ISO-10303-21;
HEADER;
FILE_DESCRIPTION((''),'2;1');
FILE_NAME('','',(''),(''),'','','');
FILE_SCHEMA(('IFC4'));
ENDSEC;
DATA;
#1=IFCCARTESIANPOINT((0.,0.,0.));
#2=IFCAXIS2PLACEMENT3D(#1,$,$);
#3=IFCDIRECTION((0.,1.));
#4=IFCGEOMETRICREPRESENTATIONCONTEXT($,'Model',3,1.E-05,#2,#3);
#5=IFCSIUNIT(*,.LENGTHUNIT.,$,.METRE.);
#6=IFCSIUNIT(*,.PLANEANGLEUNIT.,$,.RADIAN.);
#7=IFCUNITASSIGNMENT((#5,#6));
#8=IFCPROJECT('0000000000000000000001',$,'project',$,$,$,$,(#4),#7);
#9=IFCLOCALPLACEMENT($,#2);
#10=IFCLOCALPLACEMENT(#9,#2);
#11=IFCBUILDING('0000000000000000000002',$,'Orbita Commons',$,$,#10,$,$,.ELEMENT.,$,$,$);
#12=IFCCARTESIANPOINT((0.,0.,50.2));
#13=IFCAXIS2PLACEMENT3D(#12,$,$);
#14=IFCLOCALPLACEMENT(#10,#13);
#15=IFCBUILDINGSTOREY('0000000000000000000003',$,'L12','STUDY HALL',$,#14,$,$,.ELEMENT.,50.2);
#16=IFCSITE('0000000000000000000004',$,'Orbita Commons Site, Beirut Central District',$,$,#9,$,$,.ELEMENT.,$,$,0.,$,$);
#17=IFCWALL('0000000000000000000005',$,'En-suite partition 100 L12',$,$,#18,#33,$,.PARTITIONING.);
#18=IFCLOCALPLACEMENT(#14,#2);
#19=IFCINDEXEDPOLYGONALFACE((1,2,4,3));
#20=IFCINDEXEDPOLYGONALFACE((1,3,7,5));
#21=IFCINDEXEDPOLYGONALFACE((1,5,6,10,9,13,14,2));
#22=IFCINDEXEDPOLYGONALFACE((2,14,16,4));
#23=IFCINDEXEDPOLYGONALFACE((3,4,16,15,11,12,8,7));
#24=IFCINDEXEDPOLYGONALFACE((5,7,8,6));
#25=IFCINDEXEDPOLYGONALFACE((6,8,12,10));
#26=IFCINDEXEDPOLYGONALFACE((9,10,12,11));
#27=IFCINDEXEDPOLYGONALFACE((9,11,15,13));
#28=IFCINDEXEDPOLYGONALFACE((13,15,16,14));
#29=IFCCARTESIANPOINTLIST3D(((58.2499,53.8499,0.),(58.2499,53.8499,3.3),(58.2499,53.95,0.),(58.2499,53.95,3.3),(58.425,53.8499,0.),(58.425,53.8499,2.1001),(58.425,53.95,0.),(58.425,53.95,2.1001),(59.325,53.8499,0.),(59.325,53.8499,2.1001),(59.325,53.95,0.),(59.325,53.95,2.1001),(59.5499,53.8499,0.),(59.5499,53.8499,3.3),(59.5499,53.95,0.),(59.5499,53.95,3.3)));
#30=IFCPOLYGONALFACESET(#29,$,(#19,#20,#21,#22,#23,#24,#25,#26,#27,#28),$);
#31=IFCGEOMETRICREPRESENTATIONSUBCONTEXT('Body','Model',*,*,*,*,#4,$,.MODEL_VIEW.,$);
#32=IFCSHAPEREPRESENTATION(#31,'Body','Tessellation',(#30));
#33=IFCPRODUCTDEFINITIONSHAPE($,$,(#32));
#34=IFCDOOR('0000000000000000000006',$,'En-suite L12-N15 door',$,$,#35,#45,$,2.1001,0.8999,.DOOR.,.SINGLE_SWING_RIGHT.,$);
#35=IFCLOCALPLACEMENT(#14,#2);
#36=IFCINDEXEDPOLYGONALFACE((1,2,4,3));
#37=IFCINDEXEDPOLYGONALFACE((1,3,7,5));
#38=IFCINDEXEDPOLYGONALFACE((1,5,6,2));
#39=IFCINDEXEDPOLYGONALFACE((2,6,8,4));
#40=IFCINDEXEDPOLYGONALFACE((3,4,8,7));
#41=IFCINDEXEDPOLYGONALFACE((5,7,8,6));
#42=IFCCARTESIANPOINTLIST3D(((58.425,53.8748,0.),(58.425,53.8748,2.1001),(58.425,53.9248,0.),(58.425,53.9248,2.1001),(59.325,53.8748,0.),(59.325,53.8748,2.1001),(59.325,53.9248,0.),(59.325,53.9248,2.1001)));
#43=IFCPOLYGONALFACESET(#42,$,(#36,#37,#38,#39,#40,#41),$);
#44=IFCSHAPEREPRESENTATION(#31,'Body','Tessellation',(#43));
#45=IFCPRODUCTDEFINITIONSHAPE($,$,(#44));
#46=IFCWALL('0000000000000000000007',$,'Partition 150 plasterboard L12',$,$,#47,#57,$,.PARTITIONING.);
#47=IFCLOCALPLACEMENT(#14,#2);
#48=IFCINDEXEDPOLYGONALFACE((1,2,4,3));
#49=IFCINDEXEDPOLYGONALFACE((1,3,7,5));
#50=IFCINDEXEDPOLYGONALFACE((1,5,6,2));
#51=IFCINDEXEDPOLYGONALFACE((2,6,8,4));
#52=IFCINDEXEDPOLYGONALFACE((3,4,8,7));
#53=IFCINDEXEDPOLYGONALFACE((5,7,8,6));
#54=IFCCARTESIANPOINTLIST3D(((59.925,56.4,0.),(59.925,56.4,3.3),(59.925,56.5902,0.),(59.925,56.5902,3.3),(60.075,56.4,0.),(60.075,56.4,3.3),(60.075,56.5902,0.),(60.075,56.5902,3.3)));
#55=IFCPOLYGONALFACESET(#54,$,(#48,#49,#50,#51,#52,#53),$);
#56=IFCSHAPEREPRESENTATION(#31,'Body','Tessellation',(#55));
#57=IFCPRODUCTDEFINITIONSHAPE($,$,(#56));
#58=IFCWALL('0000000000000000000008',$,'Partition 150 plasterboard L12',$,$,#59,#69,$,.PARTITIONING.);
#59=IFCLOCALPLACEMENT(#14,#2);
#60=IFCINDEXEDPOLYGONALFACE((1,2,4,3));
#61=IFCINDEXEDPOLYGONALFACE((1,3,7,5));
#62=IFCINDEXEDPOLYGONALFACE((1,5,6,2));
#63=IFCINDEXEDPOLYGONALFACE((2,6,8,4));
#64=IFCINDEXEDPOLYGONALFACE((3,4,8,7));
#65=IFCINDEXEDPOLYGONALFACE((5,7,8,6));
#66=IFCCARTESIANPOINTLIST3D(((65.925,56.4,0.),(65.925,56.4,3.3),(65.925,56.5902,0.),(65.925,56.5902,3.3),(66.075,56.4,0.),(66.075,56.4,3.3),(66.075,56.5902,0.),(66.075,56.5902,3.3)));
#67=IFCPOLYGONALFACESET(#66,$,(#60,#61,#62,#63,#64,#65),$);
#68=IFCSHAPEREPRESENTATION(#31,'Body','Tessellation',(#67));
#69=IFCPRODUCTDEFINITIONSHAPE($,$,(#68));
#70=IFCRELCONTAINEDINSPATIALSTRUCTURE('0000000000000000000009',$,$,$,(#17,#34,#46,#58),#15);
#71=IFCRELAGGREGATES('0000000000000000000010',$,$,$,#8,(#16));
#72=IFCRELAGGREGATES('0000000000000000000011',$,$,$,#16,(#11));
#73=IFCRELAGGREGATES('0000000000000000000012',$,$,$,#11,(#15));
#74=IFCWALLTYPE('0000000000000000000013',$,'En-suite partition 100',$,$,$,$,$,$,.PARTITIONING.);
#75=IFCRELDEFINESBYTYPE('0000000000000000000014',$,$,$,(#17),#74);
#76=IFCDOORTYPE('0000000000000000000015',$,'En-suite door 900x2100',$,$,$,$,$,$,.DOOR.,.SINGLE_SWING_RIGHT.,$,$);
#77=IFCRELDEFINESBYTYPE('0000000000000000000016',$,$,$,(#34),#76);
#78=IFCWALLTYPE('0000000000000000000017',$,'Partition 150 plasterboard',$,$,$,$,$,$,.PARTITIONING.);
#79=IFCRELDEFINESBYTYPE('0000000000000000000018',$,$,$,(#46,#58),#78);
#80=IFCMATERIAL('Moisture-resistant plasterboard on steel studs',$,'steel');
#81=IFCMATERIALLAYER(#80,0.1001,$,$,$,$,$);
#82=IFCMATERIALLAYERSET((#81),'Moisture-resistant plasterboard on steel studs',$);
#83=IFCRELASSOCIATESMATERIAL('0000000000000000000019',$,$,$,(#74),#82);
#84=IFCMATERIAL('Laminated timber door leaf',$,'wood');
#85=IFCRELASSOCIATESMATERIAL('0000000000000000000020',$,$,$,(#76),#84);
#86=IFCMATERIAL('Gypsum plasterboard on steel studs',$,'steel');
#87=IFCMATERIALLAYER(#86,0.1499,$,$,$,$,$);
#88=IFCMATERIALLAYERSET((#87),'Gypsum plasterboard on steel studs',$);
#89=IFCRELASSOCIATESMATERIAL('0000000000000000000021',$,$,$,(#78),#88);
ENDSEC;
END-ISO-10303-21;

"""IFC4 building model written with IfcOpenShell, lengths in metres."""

from ifc_helpers import new_model, si_unit, direction, frame, frame_2d, origin, place, context, subcontext, project, spatial, rectangle, extrude, material, layer, layer_set, type_object, element, fill, save


model = new_model("IFC4")

# Units and contexts
model_context = context("Model", 3, precision=1e-05, world=origin(), true_north=direction((0.0, 1.0)))
body_context = subcontext(model_context, "Body", "Model", "MODEL_VIEW")
ifc_project = project(units=[si_unit("LENGTHUNIT", "METRE"), si_unit("PLANEANGLEUNIT", "RADIAN")], contexts=[model_context])

# Site, building, storey
site_placement = place(None, origin())
site = spatial("IfcSite", under=ifc_project, at=site_placement, Name="Orbita Commons Site, Beirut Central District", CompositionType="ELEMENT", RefElevation=0.0)
building_placement = place(site_placement, origin())
building = spatial("IfcBuilding", under=site, at=building_placement, Name="Orbita Commons", CompositionType="ELEMENT")
storey_placement = place(building_placement, frame((0.0, 0.0, 50.2)))
storey = spatial("IfcBuildingStorey", under=building, at=storey_placement, Name="L12", Description="STUDY HALL", CompositionType="ELEMENT", Elevation=50.2)

# Wall, opening, door
ifc_material_1 = material(Name="Moisture-resistant plasterboard on steel studs", Category="steel")
ifc_layer_1 = layer(ifc_material_1, 0.1001)
ifc_layer_set_1 = layer_set([ifc_layer_1], Name="Moisture-resistant plasterboard on steel studs")
wall_type_1 = type_object("IfcWallType", Name="En-suite partition 100", PredefinedType="PARTITIONING", material=ifc_layer_set_1)
wall_placement = place(storey_placement, frame((58.25, 53.8999, 0.0), z_axis=(0.0, 0.0, 1.0), x_axis=(1.0, 0.0, 0.0)))
wall = element("IfcWall", 1, at=wall_placement, inside=storey, type_object=wall_type_1, Name="En-suite partition 100 L12", PredefinedType="PARTITIONING", context=body_context, shape_type="SweptSolid", body=[
    extrude(rectangle(XDim=1.3, YDim=0.1001, at=frame_2d((0.6499, 0.0))), origin(), (0.0, 0.0, 1.0), 3.3),
])
opening_placement = place(wall_placement, frame((0.175, 0.0, 0.0)))
opening = element("IfcOpeningElement", 2, at=opening_placement, cuts=wall, PredefinedType="OPENING", context=body_context, shape_type="SweptSolid", body=[
    extrude(rectangle(XDim=0.8999, YDim=2.1001, at=frame_2d((0.45, 1.05))), frame((0.0, 0.0601, 0.0), z_axis=(0.0, -1.0, 0.0), x_axis=(1.0, 0.0, 0.0)), (0.0, 0.0, 1.0), 0.1201),
])
ifc_material_2 = material(Name="Laminated timber door leaf", Category="wood")
door_type = type_object("IfcDoorType", Name="En-suite door 900x2100", OperationType="SINGLE_SWING_RIGHT", PredefinedType="DOOR", material=ifc_material_2)
door_placement = place(opening_placement, origin())
door = element("IfcDoor", 3, at=door_placement, inside=storey, type_object=door_type, Name="En-suite L12-N15 door", OperationType="SINGLE_SWING_RIGHT", OverallHeight=2.1001, OverallWidth=0.8999, PredefinedType="DOOR", context=body_context, shape_type="SweptSolid", body=[
    extrude(rectangle(XDim=0.8999, YDim=2.1001, at=frame_2d((0.45, 1.05))), frame((0.0, 0.0249, 0.0), z_axis=(0.0, -1.0, 0.0), x_axis=(1.0, 0.0, 0.0)), (0.0, 0.0, 1.0), 0.05),
])
fill(opening, door)

# Walls
ifc_material_3 = material(Name="Gypsum plasterboard on steel studs", Category="steel")
ifc_layer_2 = layer(ifc_material_3, 0.1499)
ifc_layer_set_2 = layer_set([ifc_layer_2], Name="Gypsum plasterboard on steel studs")
wall_type_2 = type_object("IfcWallType", Name="Partition 150 plasterboard", PredefinedType="PARTITIONING", material=ifc_layer_set_2)
for number, where, z_axis, x_axis, name in (
    (4, (60.0, 56.3999, 0.0), (0.0, 0.0, 1.0), (0.0, 1.0, 0.0), "Partition 150 plasterboard L12"),
    (5, (66.0, 56.3999, 0.0), (0.0, 0.0, 1.0), (0.0, 1.0, 0.0), "Partition 150 plasterboard L12"),
):
    element("IfcWall", number, at=place(storey_placement, frame(where, z_axis=z_axis, x_axis=x_axis)), inside=storey, type_object=wall_type_2, Name=name, PredefinedType="PARTITIONING", context=body_context, shape_type="SweptSolid", body=[
        extrude(rectangle(XDim=0.1902, YDim=0.1499, at=frame_2d((0.0952, 0.0))), origin(), (0.0, 0.0, 1.0), 3.3),
    ])

save(model, "model.ifc")
